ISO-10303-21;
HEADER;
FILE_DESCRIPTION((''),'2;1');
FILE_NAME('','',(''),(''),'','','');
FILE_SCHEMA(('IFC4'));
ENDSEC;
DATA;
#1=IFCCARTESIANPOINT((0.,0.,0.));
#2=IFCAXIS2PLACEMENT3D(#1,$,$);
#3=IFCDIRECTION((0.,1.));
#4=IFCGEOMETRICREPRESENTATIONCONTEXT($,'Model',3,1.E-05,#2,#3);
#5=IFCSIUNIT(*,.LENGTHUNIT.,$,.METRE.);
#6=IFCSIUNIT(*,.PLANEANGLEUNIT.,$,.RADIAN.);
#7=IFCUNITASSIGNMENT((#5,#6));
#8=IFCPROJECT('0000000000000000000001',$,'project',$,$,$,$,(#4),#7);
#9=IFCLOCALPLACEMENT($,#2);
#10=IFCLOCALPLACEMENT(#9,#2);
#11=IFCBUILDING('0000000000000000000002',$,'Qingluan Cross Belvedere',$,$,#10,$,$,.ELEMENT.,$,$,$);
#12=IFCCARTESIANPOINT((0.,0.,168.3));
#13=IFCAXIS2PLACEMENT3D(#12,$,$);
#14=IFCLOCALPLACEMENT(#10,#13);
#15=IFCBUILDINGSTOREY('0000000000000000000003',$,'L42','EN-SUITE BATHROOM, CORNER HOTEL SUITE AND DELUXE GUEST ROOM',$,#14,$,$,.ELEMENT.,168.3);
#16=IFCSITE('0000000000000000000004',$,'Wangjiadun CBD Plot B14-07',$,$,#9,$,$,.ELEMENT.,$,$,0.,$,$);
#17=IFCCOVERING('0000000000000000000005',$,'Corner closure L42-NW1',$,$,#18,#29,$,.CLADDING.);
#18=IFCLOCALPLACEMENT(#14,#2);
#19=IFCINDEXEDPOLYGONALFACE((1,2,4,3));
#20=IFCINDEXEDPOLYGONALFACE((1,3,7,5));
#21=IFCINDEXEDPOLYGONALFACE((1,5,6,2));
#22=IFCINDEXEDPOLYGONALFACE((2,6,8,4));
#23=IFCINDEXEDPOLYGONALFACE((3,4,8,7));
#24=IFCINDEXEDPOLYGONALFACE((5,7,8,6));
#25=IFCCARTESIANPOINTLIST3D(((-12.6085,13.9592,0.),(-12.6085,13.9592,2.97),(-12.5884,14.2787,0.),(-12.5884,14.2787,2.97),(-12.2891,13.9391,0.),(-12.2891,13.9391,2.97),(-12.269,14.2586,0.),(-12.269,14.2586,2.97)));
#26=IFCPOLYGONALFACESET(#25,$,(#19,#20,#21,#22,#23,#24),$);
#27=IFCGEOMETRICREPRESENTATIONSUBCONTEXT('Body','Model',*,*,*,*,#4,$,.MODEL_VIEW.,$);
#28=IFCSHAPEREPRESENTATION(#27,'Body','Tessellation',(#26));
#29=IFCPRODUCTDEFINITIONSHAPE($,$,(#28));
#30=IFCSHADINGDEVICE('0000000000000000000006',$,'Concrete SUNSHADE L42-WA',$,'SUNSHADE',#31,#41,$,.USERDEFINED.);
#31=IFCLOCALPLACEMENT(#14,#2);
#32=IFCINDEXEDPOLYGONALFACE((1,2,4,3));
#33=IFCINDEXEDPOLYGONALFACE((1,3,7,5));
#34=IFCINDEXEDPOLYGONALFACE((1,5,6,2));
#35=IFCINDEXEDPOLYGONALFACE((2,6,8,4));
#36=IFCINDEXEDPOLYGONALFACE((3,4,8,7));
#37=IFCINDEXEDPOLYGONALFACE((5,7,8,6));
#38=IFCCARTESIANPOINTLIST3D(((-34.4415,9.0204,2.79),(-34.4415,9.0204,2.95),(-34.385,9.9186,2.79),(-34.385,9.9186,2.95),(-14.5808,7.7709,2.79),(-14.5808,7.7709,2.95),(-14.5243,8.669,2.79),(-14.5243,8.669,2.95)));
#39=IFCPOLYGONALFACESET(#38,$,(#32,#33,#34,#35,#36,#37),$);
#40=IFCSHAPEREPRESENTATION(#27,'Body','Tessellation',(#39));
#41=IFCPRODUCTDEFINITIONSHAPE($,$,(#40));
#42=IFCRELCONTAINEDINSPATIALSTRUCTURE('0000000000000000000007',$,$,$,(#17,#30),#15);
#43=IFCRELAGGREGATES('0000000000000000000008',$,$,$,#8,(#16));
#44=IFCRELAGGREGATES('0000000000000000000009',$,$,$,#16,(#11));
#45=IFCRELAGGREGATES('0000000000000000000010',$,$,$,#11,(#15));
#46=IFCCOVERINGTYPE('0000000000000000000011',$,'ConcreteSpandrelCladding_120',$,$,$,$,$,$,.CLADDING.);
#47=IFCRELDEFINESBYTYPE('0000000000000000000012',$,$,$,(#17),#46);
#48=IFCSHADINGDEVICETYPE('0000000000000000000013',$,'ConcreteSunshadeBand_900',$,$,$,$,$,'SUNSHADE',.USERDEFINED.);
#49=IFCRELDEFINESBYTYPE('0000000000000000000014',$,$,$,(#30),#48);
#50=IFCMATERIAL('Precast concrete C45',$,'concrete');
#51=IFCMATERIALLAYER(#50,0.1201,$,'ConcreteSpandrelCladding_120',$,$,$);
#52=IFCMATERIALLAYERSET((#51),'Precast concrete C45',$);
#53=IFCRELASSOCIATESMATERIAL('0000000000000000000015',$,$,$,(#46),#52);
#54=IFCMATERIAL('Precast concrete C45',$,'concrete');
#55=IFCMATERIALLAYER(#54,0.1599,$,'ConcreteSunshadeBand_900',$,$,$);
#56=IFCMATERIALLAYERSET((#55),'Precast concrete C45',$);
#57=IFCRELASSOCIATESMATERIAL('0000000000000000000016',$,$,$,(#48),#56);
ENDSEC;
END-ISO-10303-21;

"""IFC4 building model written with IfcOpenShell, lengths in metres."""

from ifc_helpers import new_model, si_unit, direction, frame, origin, origin_2d, place, context, subcontext, project, spatial, rectangle, extrude, material, layer, layer_set, type_object, element, save


model = new_model("IFC4")

# Units and contexts
model_context = context("Model", 3, precision=1e-05, world=origin(), true_north=direction((0.0, 1.0)))
body_context = subcontext(model_context, "Body", "Model", "MODEL_VIEW")
ifc_project = project(units=[si_unit("LENGTHUNIT", "METRE"), si_unit("PLANEANGLEUNIT", "RADIAN")], contexts=[model_context])

# Site, building, storey
site_placement = place(None, origin())
site = spatial("IfcSite", under=ifc_project, at=site_placement, Name="Wangjiadun CBD Plot B14-07", CompositionType="ELEMENT", RefElevation=0.0)
building_placement = place(site_placement, origin())
building = spatial("IfcBuilding", under=site, at=building_placement, Name="Qingluan Cross Belvedere", CompositionType="ELEMENT")
storey_placement = place(building_placement, frame((0.0, 0.0, 168.3)))
storey = spatial("IfcBuildingStorey", under=building, at=storey_placement, Name="L42", Description="EN-SUITE BATHROOM, CORNER HOTEL SUITE AND DELUXE GUEST ROOM", CompositionType="ELEMENT", Elevation=168.3)

# Covering
ifc_material_1 = material(Name="Precast concrete C45", Category="concrete")
ifc_layer_1 = layer(ifc_material_1, 0.1201, Name="ConcreteSpandrelCladding_120")
ifc_layer_set_1 = layer_set([ifc_layer_1], Name="Precast concrete C45")
covering_type = type_object("IfcCoveringType", Name="ConcreteSpandrelCladding_120", PredefinedType="CLADDING", material=ifc_layer_set_1)
covering_placement = place(storey_placement, frame((-12.4387, 14.1089, 0.0), z_axis=(0.0, 0.0, 1.0), x_axis=(0.998027, -0.062791, 0.0)))
element("IfcCovering", 1, at=covering_placement, inside=storey, type_object=covering_type, Name="Corner closure L42-NW1", PredefinedType="CLADDING", context=body_context, shape_type="SweptSolid", body=[
    extrude(rectangle(XDim=0.3201, YDim=0.3201, at=origin_2d()), origin(), (0.0, 0.0, 1.0), 2.97),
])

# Shading device
ifc_material_2 = material(Name="Precast concrete C45", Category="concrete")
ifc_layer_2 = layer(ifc_material_2, 0.1599, Name="ConcreteSunshadeBand_900")
ifc_layer_set_2 = layer_set([ifc_layer_2], Name="Precast concrete C45")
shading_device_type = type_object("IfcShadingDeviceType", Name="ConcreteSunshadeBand_900", ElementType="SUNSHADE", PredefinedType="USERDEFINED", material=ifc_layer_set_2)
shading_device_placement = place(storey_placement, frame((-24.4829, 8.8447, 2.79), z_axis=(0.0, 0.0, 1.0), x_axis=(-0.998027, 0.062791, 0.0)))
element("IfcShadingDevice", 2, at=shading_device_placement, inside=storey, type_object=shading_device_type, Name="Concrete SUNSHADE L42-WA", ObjectType="SUNSHADE", PredefinedType="USERDEFINED", context=body_context, shape_type="SweptSolid", body=[
    extrude(rectangle(XDim=19.8999, YDim=0.8999, at=origin_2d()), origin(), (0.0, 0.0, 1.0), 0.1599),
])

save(model, "model.ifc")
